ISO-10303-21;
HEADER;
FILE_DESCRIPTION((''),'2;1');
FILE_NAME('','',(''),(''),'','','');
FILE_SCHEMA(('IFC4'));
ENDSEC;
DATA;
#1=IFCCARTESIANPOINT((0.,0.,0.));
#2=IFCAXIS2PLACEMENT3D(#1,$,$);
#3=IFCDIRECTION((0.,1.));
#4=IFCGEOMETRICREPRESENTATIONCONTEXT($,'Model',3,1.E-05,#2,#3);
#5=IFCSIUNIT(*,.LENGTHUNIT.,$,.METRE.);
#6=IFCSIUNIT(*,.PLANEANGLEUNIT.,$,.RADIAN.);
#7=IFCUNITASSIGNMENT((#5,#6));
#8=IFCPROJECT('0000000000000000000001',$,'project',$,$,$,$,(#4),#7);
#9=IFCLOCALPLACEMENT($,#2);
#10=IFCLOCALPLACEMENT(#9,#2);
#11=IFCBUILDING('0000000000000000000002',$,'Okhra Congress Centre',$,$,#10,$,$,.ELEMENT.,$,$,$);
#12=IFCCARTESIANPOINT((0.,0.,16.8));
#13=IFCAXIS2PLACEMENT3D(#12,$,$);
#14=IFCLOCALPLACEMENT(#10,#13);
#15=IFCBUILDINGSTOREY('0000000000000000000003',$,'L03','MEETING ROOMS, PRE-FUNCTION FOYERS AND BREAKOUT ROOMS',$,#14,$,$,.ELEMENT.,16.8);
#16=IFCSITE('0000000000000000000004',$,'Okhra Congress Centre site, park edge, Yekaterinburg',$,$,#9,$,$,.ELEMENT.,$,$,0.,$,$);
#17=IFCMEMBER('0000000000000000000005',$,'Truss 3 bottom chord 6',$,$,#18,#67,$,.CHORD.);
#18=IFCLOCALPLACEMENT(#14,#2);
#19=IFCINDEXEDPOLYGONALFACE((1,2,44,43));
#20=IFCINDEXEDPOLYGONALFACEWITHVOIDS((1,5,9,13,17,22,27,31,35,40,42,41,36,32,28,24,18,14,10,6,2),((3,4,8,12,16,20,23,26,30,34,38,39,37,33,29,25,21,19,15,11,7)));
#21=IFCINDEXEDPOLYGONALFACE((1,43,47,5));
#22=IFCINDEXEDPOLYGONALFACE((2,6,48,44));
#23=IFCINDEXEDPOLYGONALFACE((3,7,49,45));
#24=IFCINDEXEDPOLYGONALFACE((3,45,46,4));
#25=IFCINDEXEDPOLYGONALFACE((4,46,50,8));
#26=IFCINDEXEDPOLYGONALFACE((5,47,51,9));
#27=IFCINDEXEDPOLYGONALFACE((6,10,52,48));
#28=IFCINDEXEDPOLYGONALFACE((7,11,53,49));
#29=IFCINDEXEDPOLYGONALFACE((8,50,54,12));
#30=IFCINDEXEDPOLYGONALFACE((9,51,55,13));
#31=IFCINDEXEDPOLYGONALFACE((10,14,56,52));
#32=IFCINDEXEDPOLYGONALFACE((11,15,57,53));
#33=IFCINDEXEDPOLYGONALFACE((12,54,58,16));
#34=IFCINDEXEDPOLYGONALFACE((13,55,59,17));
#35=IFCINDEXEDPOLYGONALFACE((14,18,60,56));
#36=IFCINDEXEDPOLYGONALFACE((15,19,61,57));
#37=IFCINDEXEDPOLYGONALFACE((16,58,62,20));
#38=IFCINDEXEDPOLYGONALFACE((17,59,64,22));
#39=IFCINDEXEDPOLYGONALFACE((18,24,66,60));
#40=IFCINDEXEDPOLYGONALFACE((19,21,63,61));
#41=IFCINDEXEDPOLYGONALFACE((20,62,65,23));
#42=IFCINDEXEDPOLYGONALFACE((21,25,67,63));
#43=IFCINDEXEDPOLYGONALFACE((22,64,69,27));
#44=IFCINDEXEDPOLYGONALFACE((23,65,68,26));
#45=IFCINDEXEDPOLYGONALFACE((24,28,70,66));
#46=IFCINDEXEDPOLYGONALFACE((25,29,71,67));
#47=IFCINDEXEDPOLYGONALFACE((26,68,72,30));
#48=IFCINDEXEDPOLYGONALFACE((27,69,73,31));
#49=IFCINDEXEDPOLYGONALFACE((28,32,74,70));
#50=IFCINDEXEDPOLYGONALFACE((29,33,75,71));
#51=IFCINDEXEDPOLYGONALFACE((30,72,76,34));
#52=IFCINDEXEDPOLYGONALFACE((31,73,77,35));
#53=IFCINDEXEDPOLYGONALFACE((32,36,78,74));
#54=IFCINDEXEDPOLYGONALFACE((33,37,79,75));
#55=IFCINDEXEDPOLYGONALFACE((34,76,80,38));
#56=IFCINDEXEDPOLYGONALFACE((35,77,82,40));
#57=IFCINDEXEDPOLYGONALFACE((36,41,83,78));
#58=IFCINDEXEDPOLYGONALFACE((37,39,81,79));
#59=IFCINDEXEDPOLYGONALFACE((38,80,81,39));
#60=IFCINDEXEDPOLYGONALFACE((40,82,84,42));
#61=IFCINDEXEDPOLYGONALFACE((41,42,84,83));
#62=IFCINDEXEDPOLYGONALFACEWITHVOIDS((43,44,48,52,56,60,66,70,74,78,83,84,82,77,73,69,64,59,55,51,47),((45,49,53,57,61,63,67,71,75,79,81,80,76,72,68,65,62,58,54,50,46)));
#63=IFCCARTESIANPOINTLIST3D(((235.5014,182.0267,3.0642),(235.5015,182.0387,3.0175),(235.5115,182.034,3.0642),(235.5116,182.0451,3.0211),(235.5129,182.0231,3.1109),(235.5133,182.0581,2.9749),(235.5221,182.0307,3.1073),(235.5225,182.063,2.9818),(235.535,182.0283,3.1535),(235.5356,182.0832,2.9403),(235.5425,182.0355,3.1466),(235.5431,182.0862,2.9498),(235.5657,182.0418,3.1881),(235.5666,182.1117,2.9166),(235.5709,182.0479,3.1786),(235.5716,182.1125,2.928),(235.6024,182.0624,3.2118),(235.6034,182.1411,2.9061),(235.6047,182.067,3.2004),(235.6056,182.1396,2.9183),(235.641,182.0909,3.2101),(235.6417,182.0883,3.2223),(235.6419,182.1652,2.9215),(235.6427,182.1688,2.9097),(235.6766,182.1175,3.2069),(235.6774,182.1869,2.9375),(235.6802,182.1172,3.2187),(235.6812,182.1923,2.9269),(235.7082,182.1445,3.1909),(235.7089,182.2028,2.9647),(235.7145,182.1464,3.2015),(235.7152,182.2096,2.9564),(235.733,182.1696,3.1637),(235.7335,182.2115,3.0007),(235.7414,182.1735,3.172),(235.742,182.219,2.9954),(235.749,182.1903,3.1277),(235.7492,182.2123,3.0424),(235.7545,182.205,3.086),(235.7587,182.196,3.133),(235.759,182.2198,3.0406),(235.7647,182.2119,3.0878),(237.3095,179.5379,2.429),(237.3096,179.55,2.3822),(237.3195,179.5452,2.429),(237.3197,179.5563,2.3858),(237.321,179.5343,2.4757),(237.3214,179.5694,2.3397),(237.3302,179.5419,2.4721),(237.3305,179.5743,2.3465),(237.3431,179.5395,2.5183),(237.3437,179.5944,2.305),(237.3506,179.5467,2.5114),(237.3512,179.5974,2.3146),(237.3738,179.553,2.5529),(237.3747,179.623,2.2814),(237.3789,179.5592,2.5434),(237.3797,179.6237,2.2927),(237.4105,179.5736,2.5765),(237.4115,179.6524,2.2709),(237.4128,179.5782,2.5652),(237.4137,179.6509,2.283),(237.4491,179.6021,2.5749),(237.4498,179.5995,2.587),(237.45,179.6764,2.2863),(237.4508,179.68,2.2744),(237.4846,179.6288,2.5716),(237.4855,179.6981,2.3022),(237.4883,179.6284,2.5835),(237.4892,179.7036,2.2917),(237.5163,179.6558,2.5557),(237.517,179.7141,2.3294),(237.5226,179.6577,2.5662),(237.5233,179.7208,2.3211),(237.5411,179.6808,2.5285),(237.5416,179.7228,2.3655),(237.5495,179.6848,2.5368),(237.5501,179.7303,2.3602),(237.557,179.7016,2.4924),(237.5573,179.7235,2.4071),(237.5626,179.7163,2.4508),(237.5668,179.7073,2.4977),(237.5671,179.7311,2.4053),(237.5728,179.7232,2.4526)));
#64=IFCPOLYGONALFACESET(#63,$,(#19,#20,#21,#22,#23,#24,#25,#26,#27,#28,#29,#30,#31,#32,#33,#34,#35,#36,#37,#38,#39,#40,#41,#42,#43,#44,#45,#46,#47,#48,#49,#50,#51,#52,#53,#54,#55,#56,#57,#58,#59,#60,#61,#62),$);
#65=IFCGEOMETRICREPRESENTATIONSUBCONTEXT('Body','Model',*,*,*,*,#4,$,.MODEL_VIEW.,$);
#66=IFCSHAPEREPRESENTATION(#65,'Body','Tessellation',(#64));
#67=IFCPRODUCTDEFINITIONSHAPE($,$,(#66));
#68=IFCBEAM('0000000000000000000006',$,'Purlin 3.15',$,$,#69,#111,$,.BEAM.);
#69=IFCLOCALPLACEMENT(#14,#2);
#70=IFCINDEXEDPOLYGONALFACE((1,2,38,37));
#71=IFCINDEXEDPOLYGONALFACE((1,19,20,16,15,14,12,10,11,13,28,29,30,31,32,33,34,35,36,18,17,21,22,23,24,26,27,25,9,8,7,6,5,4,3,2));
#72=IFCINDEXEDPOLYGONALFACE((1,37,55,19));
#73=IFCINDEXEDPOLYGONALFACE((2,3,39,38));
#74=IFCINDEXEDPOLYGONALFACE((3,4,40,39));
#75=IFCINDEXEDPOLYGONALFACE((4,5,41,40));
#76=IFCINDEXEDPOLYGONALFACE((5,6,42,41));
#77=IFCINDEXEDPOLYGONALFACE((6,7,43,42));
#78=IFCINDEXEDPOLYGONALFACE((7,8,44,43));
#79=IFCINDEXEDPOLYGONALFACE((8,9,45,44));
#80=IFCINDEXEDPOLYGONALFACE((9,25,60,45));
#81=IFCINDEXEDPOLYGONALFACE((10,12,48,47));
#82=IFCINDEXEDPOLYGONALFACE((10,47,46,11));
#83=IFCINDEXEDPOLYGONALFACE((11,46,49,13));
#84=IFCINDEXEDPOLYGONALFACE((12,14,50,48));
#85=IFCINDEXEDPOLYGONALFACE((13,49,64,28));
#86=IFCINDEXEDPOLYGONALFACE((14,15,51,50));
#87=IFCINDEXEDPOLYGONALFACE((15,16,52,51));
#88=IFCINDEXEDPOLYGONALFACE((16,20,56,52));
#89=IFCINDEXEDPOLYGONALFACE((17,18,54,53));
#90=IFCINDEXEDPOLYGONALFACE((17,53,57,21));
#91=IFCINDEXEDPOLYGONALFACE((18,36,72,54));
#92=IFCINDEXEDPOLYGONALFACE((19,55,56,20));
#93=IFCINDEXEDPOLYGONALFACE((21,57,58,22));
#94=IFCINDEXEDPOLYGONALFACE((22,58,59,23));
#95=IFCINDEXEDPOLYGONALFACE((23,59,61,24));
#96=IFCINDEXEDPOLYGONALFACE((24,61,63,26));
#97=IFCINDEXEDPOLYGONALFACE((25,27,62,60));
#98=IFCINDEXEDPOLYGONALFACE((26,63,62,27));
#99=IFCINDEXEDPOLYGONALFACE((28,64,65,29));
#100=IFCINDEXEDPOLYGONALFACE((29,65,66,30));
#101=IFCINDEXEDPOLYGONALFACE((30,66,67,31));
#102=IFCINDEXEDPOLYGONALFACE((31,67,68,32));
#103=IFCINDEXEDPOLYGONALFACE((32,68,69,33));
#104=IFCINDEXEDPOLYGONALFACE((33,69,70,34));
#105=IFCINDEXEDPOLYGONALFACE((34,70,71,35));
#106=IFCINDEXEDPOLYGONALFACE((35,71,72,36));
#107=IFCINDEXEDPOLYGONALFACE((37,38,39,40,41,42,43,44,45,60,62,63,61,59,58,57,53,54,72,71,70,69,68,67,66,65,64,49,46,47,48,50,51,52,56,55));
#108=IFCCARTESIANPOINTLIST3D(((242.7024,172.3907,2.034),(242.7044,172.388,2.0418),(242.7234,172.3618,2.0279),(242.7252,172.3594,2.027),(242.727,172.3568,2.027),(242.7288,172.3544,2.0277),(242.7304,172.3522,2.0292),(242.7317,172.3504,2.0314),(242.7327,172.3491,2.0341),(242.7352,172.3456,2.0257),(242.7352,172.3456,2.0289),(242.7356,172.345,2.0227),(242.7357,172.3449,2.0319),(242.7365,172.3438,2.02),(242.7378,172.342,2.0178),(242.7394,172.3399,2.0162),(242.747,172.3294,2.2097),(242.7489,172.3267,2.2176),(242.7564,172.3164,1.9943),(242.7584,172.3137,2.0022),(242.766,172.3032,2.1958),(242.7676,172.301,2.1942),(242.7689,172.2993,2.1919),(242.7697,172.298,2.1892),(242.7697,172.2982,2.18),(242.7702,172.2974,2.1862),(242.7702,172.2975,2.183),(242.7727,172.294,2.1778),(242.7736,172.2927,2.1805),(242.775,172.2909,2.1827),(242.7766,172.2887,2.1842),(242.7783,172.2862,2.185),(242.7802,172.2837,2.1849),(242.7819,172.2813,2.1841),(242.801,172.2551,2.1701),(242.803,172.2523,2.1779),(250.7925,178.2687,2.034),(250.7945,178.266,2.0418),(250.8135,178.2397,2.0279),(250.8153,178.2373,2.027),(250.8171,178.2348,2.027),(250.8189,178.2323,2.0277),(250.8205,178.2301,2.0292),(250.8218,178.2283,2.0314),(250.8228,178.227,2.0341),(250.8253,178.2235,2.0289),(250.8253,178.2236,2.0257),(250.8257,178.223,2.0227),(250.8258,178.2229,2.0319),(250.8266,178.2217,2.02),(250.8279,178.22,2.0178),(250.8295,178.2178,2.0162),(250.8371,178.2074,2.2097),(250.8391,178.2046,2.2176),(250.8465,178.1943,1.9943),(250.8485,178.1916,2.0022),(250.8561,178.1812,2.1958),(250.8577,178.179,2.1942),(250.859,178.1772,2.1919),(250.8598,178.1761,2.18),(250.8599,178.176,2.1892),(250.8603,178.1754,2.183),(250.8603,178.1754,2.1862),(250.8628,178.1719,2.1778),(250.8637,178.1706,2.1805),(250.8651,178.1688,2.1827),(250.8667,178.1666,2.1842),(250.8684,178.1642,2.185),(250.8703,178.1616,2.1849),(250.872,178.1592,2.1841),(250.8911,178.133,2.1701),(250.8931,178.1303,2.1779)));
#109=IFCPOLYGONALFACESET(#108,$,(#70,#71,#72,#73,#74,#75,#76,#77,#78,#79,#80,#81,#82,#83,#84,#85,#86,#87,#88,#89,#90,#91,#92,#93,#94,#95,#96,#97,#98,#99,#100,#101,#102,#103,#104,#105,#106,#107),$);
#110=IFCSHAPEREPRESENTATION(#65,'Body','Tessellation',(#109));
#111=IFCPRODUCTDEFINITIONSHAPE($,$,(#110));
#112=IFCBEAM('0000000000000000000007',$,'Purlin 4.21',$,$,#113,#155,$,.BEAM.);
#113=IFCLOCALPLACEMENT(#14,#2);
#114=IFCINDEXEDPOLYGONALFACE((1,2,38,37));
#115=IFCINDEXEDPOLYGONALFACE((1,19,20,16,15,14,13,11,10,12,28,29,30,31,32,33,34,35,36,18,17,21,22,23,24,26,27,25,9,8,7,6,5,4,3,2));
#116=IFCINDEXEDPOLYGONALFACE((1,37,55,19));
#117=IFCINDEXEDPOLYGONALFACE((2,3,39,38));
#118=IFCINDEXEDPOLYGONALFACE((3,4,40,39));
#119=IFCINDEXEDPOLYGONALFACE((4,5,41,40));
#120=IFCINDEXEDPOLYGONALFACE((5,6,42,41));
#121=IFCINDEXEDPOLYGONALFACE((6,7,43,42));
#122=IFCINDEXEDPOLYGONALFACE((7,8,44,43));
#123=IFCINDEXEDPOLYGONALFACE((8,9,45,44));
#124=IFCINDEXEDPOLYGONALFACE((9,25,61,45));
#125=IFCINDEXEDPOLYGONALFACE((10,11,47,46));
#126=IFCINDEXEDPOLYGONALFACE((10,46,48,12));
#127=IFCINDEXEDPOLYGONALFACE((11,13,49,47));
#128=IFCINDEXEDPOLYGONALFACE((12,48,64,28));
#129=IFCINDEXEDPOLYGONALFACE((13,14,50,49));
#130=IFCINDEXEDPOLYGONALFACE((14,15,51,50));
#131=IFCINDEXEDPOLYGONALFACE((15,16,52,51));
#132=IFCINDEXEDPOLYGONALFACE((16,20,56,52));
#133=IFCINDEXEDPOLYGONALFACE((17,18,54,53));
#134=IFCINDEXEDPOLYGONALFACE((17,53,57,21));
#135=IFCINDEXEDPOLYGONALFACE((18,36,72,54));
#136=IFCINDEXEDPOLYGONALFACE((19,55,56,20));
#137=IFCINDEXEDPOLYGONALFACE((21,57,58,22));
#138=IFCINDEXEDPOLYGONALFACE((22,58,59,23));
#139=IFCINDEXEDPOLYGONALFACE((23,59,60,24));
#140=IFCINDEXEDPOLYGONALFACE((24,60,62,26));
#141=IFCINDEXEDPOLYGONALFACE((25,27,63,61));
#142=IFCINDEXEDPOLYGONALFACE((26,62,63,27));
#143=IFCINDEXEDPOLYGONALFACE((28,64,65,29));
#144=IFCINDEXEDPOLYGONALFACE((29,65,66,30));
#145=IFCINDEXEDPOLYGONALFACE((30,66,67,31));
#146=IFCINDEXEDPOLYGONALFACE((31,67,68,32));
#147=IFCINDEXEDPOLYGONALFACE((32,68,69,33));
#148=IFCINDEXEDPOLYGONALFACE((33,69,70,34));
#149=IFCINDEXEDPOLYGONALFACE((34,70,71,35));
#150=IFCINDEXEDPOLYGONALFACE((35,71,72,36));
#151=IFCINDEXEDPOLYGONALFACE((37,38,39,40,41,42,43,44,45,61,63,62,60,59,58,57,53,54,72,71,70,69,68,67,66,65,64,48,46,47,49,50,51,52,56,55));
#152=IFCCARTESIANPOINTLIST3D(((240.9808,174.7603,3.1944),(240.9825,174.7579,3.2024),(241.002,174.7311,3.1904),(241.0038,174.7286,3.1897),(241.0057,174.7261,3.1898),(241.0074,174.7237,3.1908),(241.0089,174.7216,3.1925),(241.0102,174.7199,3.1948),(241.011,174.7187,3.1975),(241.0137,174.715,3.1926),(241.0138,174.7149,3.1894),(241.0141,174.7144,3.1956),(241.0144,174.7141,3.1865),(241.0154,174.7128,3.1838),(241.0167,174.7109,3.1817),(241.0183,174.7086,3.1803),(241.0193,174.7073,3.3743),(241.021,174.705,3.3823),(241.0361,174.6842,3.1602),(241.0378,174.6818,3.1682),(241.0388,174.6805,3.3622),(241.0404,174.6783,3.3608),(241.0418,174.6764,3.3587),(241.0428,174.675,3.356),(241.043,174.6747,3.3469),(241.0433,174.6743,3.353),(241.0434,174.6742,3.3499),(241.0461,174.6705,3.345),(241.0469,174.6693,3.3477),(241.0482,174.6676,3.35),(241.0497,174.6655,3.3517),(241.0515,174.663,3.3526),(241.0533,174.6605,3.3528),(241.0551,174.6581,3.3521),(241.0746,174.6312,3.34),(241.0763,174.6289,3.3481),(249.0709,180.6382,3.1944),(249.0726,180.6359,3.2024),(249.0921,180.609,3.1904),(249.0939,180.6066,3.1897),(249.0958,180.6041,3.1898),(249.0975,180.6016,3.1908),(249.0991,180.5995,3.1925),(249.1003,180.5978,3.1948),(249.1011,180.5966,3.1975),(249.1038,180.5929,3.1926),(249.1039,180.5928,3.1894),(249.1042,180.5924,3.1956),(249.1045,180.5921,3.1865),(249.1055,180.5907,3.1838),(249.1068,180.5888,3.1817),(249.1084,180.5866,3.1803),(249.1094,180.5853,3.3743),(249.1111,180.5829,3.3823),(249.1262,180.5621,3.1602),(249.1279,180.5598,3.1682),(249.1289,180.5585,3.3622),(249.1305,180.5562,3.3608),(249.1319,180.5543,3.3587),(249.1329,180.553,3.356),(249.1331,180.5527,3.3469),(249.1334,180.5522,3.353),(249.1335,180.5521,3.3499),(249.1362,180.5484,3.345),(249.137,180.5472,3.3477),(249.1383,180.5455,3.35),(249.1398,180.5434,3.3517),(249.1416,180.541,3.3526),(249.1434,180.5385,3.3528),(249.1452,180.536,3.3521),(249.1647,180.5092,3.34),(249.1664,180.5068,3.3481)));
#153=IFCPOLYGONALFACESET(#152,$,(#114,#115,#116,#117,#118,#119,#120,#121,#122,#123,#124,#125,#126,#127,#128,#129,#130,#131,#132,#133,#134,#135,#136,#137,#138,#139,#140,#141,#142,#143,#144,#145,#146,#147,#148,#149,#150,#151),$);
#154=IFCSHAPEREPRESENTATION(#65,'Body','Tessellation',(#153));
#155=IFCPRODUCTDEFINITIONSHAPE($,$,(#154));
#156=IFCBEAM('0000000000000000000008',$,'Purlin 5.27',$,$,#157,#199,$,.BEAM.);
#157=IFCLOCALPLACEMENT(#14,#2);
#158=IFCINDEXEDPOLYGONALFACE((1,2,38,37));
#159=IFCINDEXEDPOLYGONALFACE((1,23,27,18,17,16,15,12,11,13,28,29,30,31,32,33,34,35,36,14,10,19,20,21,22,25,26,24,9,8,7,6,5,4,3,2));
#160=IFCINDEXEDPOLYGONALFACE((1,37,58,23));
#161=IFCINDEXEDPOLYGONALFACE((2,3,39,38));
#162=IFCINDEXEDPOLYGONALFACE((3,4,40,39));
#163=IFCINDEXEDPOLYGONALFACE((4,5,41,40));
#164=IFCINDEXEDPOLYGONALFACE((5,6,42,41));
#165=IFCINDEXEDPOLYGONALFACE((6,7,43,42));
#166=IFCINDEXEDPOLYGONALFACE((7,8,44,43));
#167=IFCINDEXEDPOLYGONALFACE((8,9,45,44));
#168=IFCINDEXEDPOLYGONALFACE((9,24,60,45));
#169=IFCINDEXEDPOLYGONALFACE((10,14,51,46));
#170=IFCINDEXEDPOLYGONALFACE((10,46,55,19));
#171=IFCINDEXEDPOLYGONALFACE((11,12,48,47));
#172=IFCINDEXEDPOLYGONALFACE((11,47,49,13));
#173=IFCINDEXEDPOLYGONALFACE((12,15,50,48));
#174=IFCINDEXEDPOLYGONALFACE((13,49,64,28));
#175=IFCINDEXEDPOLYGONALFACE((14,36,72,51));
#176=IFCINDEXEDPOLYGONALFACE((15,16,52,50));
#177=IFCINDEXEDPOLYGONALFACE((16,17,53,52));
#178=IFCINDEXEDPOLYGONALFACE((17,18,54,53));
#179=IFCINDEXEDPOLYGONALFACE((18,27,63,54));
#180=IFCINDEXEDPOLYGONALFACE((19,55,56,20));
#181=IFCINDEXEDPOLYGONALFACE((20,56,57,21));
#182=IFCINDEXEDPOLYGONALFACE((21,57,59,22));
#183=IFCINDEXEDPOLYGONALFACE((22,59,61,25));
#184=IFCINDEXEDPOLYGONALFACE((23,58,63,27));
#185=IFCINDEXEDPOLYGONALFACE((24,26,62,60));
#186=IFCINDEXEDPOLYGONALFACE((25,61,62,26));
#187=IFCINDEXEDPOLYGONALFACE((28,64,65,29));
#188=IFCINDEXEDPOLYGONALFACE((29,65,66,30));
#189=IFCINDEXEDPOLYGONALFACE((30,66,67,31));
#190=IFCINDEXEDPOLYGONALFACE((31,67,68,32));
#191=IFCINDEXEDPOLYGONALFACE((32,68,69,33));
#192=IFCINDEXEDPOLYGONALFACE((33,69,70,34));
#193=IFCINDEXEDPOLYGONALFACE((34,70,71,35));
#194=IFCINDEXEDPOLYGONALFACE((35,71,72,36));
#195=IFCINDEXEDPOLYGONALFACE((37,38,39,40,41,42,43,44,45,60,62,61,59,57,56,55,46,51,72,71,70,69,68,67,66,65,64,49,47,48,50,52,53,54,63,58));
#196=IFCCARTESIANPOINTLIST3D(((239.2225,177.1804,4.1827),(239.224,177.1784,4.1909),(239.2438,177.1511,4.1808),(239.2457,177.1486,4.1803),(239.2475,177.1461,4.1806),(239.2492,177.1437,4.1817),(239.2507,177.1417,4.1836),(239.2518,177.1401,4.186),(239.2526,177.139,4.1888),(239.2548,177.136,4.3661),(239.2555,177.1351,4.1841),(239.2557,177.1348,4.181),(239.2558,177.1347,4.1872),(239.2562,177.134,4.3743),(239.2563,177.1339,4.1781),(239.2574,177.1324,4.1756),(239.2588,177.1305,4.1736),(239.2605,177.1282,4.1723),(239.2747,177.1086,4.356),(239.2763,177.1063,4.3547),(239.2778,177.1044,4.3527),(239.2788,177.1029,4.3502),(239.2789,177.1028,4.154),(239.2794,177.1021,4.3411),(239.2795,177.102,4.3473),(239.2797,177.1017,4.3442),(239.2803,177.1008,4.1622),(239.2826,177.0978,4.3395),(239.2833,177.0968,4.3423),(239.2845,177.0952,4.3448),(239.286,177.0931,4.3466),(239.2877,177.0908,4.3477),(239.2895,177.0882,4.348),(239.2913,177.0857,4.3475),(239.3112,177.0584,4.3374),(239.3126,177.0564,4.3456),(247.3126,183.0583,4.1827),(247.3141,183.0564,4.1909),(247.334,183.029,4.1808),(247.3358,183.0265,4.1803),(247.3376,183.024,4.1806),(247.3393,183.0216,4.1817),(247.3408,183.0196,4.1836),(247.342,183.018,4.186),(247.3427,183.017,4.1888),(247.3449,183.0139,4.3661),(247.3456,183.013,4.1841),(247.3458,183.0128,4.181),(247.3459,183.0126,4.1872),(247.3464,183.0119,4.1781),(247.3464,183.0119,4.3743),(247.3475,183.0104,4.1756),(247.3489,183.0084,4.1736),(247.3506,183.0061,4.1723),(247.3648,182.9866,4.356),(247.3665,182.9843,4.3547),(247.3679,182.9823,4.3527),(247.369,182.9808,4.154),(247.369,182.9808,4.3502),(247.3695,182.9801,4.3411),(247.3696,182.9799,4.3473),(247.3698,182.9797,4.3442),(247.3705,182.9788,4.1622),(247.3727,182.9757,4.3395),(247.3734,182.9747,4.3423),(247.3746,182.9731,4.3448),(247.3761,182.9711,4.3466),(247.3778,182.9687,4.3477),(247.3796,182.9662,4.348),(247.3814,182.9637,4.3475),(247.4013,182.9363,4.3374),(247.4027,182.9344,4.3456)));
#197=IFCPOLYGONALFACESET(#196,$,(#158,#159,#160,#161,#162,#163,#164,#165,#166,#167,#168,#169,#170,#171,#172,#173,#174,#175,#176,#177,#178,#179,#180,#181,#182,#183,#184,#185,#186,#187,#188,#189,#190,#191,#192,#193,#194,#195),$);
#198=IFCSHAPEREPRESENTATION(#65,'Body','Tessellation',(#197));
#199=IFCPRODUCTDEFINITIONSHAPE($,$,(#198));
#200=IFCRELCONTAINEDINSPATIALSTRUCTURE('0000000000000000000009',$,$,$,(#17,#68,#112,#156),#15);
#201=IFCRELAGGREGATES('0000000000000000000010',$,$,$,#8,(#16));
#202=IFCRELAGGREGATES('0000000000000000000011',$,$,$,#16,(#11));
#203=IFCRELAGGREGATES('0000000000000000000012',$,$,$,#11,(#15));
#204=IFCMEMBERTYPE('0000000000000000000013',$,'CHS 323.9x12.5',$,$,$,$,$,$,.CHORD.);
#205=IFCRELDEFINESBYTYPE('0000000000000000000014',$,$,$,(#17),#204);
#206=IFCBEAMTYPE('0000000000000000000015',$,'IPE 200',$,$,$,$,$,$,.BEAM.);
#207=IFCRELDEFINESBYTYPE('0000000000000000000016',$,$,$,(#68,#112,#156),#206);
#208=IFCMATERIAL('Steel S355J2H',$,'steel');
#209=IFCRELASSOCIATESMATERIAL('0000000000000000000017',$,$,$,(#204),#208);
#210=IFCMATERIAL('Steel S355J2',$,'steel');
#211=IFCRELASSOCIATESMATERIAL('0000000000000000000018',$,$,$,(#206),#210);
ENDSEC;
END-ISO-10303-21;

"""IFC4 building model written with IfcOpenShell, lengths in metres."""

from ifc_helpers import new_model, si_unit, direction, frame, origin, origin_2d, place, context, subcontext, project, spatial, hollow_circle, i_section, extrude, material, material_profile, profile_set, type_object, element, save


model = new_model("IFC4")

# Units and contexts
model_context = context("Model", 3, precision=1e-05, world=origin(), true_north=direction((0.0, 1.0)))
body_context = subcontext(model_context, "Body", "Model", "MODEL_VIEW")
ifc_project = project(units=[si_unit("LENGTHUNIT", "METRE"), si_unit("PLANEANGLEUNIT", "RADIAN")], contexts=[model_context])

# Site, building, storey
site_placement = place(None, origin())
site = spatial("IfcSite", under=ifc_project, at=site_placement, Name="Okhra Congress Centre site, park edge, Yekaterinburg", CompositionType="ELEMENT", RefElevation=0.0)
building_placement = place(site_placement, origin())
building = spatial("IfcBuilding", under=site, at=building_placement, Name="Okhra Congress Centre", CompositionType="ELEMENT")
storey_placement = place(building_placement, frame((0.0, 0.0, 16.8)))
storey = spatial("IfcBuildingStorey", under=building, at=storey_placement, Name="L03", Description="MEETING ROOMS, PRE-FUNCTION FOYERS AND BREAKOUT ROOMS", CompositionType="ELEMENT", Elevation=16.8)

# Member
ifc_material_1 = material(Name="Steel S355J2H", Category="steel")
ifc_material_profile_1 = material_profile(ifc_material_1, hollow_circle(Radius=0.1619, WallThickness=0.0125, at=origin_2d()), Name="CHS 323.9x12.5")
ifc_profile_set_1 = profile_set([ifc_material_profile_1], Name="Steel S355J2H")
member_type_1 = type_object("IfcMemberType", Name="CHS 323.9x12.5", PredefinedType="CHORD", material=ifc_profile_set_1)
for number, where, z_axis, x_axis, name in (
    (1, (237.4404, 179.6331, 2.429), (-0.575621, 0.792314, 0.202237), (-0.809031, -0.587766, 0.0), "Truss 3 bottom chord 6"),
):
    element("IfcMember", number, at=place(storey_placement, frame(where, z_axis=z_axis, x_axis=x_axis)), inside=storey, type_object=member_type_1, Name=name, PredefinedType="CHORD", context=body_context, shape_type="SweptSolid", body=[
        extrude(hollow_circle(Radius=0.1619, WallThickness=0.0125, at=origin_2d()), origin(), (0.0, 0.0, 1.0), 3.1411),
    ])

# Beams
ifc_material_2 = material(Name="Steel S355J2", Category="steel")
ifc_material_profile_2 = material_profile(ifc_material_2, i_section(OverallWidth=0.1001, OverallDepth=0.2, WebThickness=0.0056, FlangeThickness=0.0085, FilletRadius=0.012, at=origin_2d()), Name="IPE 200")
ifc_profile_set_2 = profile_set([ifc_material_profile_2], Name="Steel S355J2")
beam_type = type_object("IfcBeamType", Name="IPE 200", PredefinedType="BEAM", material=ifc_profile_set_2)
for number, where, z_axis, x_axis, name in (
    (2, (242.7527, 172.3215, 2.106), (0.80901, 0.587794, 0.0), (-0.539722, 0.742846, 0.39608), "Purlin 3.15"),
    (3, (241.0286, 174.6946, 3.2712), (0.80901, 0.587794, 0.0), (-0.552346, 0.760221, 0.34202), "Purlin 4.21"),
    (4, (239.2676, 177.1184, 4.2642), (0.80901, 0.587794, 0.0), (-0.563101, 0.775024, 0.286803), "Purlin 5.27"),
):
    element("IfcBeam", number, at=place(storey_placement, frame(where, z_axis=z_axis, x_axis=x_axis)), inside=storey, type_object=beam_type, Name=name, PredefinedType="BEAM", context=body_context, shape_type="SweptSolid", body=[
        extrude(i_section(OverallWidth=0.1001, OverallDepth=0.2, WebThickness=0.0056, FlangeThickness=0.0085, FilletRadius=0.012, at=origin_2d()), origin(), (0.0, 0.0, 1.0), 10.0),
    ])

save(model, "model.ifc")
